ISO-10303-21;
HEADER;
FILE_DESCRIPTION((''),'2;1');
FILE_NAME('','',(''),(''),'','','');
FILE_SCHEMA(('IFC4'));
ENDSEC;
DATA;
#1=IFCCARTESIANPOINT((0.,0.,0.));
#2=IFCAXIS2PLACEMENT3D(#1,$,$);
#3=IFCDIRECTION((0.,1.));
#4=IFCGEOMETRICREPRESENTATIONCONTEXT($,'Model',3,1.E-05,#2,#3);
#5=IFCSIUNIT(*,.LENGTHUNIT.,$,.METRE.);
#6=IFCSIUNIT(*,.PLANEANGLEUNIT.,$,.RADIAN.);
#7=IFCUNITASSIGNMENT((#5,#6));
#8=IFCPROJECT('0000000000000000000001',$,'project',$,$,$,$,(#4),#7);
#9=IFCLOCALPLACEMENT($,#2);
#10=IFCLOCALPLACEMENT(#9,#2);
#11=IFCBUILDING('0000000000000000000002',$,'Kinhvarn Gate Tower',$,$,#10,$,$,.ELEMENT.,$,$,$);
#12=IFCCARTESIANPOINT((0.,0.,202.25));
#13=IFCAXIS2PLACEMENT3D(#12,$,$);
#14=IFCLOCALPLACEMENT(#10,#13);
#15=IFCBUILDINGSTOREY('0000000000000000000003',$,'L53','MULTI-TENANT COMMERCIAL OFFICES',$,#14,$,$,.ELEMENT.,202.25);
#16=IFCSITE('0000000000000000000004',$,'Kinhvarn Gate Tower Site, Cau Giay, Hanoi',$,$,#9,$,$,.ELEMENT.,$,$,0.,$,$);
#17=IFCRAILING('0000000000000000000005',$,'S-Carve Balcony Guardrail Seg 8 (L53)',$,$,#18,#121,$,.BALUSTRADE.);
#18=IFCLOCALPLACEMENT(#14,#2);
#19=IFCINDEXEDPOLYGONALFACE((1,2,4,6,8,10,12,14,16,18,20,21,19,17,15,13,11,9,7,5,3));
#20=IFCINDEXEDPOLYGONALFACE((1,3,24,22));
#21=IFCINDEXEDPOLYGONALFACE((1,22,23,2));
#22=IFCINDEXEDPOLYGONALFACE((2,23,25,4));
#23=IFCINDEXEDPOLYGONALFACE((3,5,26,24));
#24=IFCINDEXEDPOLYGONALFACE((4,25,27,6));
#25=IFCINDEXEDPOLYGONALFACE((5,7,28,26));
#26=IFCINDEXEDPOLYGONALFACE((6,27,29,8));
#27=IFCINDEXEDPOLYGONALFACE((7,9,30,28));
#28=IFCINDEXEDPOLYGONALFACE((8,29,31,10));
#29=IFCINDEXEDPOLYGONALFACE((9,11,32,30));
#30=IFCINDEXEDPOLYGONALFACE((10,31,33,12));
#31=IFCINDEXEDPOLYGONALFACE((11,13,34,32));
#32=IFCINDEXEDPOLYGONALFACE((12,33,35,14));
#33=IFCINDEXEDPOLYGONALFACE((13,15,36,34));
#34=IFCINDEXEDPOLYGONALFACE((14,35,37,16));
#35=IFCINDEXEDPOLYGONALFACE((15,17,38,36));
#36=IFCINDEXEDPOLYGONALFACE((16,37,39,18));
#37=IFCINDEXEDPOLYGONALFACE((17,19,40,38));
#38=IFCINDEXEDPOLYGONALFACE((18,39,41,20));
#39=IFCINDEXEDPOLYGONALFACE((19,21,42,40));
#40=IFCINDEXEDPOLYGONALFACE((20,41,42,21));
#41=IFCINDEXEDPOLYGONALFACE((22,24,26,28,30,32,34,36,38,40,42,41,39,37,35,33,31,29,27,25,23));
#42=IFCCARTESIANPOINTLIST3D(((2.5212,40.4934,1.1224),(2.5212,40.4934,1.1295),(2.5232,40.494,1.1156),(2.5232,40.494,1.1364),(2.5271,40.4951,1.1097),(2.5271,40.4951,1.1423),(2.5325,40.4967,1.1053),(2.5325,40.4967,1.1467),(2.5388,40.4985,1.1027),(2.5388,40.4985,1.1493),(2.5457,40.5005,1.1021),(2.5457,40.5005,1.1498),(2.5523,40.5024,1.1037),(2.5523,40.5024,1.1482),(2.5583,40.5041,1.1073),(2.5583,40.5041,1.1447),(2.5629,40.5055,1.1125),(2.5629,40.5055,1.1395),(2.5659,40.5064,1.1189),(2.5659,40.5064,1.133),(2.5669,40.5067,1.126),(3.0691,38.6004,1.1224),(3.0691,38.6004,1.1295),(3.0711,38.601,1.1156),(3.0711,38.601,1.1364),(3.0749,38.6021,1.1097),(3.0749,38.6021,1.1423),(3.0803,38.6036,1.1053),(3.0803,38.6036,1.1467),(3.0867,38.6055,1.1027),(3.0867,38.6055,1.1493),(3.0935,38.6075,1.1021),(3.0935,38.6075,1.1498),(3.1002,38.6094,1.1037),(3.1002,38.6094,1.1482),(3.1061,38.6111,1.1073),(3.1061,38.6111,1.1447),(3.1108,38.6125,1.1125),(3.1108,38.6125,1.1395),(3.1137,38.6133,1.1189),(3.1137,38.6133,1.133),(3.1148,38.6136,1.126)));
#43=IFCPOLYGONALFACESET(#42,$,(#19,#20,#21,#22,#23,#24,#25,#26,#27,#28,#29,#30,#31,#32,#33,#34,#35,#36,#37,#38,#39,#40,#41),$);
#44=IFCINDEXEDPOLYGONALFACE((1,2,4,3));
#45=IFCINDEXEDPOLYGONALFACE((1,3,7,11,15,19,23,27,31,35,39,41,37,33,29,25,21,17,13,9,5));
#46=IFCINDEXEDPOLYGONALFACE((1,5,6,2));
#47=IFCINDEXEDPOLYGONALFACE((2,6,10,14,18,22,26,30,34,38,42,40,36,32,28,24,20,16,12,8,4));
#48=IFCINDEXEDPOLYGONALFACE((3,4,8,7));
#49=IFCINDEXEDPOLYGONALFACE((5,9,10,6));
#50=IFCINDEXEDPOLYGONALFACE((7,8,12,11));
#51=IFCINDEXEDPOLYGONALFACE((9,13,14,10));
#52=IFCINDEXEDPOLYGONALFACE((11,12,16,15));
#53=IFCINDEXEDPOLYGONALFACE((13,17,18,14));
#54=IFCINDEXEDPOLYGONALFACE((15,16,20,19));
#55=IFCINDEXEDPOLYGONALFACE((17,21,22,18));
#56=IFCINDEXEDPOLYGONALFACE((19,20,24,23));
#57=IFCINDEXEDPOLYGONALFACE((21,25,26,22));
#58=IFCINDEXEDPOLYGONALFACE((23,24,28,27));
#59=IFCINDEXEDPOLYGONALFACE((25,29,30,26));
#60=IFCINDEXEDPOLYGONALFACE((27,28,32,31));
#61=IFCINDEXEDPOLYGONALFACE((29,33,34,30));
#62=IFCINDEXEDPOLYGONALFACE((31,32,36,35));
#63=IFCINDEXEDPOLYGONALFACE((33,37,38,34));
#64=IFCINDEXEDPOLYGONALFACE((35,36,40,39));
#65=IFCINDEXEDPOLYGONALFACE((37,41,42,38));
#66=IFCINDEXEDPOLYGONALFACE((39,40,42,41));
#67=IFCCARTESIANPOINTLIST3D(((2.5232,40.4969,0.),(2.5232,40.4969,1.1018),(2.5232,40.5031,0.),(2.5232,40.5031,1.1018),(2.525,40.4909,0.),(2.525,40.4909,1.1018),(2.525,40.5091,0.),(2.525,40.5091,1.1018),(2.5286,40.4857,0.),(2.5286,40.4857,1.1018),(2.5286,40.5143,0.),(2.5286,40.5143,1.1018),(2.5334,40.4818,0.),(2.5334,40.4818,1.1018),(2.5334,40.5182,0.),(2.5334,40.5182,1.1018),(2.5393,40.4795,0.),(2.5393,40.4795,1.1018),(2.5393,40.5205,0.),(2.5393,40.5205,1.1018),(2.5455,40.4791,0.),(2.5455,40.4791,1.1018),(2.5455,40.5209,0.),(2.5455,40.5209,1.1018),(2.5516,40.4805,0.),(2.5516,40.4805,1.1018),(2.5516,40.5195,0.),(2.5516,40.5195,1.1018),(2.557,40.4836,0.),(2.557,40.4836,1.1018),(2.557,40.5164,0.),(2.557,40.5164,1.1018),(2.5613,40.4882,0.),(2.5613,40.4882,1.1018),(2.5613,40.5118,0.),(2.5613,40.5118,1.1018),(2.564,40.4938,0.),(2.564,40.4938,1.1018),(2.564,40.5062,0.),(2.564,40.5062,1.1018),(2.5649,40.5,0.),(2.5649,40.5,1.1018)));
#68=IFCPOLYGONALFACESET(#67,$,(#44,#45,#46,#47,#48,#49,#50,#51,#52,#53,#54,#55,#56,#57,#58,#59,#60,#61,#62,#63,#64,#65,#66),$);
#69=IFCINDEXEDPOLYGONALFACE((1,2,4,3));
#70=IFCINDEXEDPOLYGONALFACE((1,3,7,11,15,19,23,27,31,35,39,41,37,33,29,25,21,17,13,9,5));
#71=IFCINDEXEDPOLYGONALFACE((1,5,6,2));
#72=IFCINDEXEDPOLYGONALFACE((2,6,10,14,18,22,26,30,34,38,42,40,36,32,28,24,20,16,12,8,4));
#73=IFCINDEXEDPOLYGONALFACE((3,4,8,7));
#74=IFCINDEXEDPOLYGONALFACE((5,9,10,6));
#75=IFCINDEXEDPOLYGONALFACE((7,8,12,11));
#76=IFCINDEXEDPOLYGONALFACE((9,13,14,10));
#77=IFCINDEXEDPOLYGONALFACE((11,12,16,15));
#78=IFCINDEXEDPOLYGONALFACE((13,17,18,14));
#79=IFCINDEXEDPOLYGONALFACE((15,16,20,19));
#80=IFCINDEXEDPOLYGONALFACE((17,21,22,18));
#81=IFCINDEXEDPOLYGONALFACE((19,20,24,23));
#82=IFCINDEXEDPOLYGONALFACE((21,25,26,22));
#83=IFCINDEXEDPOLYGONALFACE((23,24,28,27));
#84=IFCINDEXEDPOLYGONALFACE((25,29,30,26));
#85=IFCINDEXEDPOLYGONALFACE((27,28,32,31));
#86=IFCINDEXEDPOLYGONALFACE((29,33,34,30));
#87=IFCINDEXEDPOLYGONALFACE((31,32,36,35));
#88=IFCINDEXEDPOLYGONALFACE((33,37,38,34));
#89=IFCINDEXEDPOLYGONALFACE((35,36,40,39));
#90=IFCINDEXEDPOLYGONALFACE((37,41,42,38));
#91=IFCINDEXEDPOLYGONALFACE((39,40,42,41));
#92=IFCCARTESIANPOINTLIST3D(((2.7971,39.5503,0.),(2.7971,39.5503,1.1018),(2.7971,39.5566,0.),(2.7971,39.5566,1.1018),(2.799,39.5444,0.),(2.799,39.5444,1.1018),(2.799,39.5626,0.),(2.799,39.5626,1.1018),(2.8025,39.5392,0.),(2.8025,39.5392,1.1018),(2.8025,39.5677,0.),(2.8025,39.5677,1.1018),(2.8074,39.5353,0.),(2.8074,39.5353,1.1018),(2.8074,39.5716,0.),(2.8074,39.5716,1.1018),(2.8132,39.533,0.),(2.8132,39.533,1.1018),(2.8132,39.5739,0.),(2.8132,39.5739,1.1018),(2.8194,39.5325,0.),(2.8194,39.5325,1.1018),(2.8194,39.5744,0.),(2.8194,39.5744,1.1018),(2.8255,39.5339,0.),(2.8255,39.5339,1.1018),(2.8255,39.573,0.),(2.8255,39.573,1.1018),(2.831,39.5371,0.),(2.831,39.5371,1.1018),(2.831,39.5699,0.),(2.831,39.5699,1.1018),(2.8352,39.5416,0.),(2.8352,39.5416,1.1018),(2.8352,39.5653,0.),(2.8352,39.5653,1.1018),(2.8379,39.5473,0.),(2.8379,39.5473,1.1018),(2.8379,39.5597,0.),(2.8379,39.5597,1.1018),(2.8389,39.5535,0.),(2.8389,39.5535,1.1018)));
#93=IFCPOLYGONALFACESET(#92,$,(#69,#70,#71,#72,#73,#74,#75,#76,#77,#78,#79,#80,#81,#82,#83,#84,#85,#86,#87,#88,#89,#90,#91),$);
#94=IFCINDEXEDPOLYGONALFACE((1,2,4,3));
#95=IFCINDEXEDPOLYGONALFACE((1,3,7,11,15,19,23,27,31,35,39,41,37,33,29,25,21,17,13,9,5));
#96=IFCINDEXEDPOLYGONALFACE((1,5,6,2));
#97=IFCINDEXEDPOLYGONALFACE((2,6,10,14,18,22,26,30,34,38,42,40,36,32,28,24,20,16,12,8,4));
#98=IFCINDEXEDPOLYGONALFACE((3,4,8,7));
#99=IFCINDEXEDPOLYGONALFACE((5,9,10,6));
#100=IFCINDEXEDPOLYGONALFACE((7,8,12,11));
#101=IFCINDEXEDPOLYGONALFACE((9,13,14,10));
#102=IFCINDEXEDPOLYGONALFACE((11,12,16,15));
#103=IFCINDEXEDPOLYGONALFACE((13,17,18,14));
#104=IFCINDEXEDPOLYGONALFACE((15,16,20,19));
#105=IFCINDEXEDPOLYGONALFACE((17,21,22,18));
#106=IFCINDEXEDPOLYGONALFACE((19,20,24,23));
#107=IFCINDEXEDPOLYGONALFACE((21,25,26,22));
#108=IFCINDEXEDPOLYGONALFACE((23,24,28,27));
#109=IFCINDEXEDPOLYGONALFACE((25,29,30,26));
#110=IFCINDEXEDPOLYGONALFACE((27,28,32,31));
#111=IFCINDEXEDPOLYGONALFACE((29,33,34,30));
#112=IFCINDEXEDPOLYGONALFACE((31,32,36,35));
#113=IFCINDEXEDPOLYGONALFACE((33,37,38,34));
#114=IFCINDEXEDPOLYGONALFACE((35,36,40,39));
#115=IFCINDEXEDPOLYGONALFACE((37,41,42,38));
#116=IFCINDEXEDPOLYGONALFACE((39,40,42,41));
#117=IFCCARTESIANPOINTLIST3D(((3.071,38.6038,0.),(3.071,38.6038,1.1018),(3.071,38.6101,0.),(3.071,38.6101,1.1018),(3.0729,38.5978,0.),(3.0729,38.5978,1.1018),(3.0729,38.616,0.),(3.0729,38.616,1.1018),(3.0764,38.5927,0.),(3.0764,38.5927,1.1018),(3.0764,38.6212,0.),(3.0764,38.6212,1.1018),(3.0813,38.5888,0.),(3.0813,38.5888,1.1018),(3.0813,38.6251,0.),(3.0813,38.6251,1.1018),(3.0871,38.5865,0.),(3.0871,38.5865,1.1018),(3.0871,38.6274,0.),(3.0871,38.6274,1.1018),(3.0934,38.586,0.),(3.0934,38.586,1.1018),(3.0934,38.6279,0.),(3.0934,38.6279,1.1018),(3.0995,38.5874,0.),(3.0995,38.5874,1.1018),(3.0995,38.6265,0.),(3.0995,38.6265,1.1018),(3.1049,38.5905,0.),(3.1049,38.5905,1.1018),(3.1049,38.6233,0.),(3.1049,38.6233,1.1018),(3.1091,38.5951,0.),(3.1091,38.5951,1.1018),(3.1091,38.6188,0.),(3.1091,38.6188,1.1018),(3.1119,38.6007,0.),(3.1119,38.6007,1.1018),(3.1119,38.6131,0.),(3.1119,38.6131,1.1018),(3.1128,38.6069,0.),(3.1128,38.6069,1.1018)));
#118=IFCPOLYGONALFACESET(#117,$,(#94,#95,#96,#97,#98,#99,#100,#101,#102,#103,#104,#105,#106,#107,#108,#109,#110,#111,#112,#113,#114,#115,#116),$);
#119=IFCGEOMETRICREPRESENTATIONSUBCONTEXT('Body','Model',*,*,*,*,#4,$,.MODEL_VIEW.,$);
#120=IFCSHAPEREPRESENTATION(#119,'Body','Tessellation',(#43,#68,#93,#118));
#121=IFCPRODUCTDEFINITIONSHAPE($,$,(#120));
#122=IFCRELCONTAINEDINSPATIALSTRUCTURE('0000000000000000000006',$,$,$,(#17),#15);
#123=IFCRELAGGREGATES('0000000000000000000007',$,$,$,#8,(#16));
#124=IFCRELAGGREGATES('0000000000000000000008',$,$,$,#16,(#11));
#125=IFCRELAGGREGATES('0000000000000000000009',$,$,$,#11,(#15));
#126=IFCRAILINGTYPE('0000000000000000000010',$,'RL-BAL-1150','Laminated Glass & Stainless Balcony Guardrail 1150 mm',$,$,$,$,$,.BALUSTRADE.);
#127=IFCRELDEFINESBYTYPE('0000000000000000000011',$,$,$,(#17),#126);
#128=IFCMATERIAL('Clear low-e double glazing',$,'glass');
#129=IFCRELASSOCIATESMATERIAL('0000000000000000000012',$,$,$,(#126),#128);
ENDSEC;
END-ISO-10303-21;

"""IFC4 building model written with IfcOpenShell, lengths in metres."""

from ifc_helpers import new_model, si_unit, direction, frame, origin, origin_2d, place, context, subcontext, project, spatial, circle, extrude, material, type_object, element, save


model = new_model("IFC4")

# Units and contexts
model_context = context("Model", 3, precision=1e-05, world=origin(), true_north=direction((0.0, 1.0)))
body_context = subcontext(model_context, "Body", "Model", "MODEL_VIEW")
ifc_project = project(units=[si_unit("LENGTHUNIT", "METRE"), si_unit("PLANEANGLEUNIT", "RADIAN")], contexts=[model_context])

# Site, building, storey
site_placement = place(None, origin())
site = spatial("IfcSite", under=ifc_project, at=site_placement, Name="Kinhvarn Gate Tower Site, Cau Giay, Hanoi", CompositionType="ELEMENT", RefElevation=0.0)
building_placement = place(site_placement, origin())
building = spatial("IfcBuilding", under=site, at=building_placement, Name="Kinhvarn Gate Tower", CompositionType="ELEMENT")
storey_placement = place(building_placement, frame((0.0, 0.0, 202.25)))
storey = spatial("IfcBuildingStorey", under=building, at=storey_placement, Name="L53", Description="MULTI-TENANT COMMERCIAL OFFICES", CompositionType="ELEMENT", Elevation=202.25)

# Shared definitions
ifc_material_1 = material(Name="Clear low-e double glazing", Category="glass")

# Railing
railing_type = type_object("IfcRailingType", Name="RL-BAL-1150", Description="Laminated Glass & Stainless Balcony Guardrail 1150 mm", PredefinedType="BALUSTRADE", material=ifc_material_1)
railing_1_placement = place(storey_placement, frame((2.5439, 40.5, 0.0)))
element("IfcRailing", 1, at=railing_1_placement, inside=storey, type_object=railing_type, Name="S-Carve Balcony Guardrail Seg 8 (L53)", PredefinedType="BALUSTRADE", context=body_context, shape_type="SweptSolid", body=[
    extrude(circle(Radius=0.0239, at=origin_2d()), frame((0.0, 0.0, 1.126), z_axis=(0.277992, -0.960583, 0.0), x_axis=(0.960583, 0.277992, 0.0)), (0.0, 0.0, 1.0), 1.9707),
    extrude(circle(Radius=0.021, at=origin_2d()), origin(), (0.0, 0.0, 1.0), 1.1018),
    extrude(circle(Radius=0.021, at=origin_2d()), frame((0.2739, -0.9465, 0.0)), (0.0, 0.0, 1.0), 1.1018),
    extrude(circle(Radius=0.021, at=origin_2d()), frame((0.5479, -1.8931, 0.0)), (0.0, 0.0, 1.0), 1.1018),
])

save(model, "model.ifc")
